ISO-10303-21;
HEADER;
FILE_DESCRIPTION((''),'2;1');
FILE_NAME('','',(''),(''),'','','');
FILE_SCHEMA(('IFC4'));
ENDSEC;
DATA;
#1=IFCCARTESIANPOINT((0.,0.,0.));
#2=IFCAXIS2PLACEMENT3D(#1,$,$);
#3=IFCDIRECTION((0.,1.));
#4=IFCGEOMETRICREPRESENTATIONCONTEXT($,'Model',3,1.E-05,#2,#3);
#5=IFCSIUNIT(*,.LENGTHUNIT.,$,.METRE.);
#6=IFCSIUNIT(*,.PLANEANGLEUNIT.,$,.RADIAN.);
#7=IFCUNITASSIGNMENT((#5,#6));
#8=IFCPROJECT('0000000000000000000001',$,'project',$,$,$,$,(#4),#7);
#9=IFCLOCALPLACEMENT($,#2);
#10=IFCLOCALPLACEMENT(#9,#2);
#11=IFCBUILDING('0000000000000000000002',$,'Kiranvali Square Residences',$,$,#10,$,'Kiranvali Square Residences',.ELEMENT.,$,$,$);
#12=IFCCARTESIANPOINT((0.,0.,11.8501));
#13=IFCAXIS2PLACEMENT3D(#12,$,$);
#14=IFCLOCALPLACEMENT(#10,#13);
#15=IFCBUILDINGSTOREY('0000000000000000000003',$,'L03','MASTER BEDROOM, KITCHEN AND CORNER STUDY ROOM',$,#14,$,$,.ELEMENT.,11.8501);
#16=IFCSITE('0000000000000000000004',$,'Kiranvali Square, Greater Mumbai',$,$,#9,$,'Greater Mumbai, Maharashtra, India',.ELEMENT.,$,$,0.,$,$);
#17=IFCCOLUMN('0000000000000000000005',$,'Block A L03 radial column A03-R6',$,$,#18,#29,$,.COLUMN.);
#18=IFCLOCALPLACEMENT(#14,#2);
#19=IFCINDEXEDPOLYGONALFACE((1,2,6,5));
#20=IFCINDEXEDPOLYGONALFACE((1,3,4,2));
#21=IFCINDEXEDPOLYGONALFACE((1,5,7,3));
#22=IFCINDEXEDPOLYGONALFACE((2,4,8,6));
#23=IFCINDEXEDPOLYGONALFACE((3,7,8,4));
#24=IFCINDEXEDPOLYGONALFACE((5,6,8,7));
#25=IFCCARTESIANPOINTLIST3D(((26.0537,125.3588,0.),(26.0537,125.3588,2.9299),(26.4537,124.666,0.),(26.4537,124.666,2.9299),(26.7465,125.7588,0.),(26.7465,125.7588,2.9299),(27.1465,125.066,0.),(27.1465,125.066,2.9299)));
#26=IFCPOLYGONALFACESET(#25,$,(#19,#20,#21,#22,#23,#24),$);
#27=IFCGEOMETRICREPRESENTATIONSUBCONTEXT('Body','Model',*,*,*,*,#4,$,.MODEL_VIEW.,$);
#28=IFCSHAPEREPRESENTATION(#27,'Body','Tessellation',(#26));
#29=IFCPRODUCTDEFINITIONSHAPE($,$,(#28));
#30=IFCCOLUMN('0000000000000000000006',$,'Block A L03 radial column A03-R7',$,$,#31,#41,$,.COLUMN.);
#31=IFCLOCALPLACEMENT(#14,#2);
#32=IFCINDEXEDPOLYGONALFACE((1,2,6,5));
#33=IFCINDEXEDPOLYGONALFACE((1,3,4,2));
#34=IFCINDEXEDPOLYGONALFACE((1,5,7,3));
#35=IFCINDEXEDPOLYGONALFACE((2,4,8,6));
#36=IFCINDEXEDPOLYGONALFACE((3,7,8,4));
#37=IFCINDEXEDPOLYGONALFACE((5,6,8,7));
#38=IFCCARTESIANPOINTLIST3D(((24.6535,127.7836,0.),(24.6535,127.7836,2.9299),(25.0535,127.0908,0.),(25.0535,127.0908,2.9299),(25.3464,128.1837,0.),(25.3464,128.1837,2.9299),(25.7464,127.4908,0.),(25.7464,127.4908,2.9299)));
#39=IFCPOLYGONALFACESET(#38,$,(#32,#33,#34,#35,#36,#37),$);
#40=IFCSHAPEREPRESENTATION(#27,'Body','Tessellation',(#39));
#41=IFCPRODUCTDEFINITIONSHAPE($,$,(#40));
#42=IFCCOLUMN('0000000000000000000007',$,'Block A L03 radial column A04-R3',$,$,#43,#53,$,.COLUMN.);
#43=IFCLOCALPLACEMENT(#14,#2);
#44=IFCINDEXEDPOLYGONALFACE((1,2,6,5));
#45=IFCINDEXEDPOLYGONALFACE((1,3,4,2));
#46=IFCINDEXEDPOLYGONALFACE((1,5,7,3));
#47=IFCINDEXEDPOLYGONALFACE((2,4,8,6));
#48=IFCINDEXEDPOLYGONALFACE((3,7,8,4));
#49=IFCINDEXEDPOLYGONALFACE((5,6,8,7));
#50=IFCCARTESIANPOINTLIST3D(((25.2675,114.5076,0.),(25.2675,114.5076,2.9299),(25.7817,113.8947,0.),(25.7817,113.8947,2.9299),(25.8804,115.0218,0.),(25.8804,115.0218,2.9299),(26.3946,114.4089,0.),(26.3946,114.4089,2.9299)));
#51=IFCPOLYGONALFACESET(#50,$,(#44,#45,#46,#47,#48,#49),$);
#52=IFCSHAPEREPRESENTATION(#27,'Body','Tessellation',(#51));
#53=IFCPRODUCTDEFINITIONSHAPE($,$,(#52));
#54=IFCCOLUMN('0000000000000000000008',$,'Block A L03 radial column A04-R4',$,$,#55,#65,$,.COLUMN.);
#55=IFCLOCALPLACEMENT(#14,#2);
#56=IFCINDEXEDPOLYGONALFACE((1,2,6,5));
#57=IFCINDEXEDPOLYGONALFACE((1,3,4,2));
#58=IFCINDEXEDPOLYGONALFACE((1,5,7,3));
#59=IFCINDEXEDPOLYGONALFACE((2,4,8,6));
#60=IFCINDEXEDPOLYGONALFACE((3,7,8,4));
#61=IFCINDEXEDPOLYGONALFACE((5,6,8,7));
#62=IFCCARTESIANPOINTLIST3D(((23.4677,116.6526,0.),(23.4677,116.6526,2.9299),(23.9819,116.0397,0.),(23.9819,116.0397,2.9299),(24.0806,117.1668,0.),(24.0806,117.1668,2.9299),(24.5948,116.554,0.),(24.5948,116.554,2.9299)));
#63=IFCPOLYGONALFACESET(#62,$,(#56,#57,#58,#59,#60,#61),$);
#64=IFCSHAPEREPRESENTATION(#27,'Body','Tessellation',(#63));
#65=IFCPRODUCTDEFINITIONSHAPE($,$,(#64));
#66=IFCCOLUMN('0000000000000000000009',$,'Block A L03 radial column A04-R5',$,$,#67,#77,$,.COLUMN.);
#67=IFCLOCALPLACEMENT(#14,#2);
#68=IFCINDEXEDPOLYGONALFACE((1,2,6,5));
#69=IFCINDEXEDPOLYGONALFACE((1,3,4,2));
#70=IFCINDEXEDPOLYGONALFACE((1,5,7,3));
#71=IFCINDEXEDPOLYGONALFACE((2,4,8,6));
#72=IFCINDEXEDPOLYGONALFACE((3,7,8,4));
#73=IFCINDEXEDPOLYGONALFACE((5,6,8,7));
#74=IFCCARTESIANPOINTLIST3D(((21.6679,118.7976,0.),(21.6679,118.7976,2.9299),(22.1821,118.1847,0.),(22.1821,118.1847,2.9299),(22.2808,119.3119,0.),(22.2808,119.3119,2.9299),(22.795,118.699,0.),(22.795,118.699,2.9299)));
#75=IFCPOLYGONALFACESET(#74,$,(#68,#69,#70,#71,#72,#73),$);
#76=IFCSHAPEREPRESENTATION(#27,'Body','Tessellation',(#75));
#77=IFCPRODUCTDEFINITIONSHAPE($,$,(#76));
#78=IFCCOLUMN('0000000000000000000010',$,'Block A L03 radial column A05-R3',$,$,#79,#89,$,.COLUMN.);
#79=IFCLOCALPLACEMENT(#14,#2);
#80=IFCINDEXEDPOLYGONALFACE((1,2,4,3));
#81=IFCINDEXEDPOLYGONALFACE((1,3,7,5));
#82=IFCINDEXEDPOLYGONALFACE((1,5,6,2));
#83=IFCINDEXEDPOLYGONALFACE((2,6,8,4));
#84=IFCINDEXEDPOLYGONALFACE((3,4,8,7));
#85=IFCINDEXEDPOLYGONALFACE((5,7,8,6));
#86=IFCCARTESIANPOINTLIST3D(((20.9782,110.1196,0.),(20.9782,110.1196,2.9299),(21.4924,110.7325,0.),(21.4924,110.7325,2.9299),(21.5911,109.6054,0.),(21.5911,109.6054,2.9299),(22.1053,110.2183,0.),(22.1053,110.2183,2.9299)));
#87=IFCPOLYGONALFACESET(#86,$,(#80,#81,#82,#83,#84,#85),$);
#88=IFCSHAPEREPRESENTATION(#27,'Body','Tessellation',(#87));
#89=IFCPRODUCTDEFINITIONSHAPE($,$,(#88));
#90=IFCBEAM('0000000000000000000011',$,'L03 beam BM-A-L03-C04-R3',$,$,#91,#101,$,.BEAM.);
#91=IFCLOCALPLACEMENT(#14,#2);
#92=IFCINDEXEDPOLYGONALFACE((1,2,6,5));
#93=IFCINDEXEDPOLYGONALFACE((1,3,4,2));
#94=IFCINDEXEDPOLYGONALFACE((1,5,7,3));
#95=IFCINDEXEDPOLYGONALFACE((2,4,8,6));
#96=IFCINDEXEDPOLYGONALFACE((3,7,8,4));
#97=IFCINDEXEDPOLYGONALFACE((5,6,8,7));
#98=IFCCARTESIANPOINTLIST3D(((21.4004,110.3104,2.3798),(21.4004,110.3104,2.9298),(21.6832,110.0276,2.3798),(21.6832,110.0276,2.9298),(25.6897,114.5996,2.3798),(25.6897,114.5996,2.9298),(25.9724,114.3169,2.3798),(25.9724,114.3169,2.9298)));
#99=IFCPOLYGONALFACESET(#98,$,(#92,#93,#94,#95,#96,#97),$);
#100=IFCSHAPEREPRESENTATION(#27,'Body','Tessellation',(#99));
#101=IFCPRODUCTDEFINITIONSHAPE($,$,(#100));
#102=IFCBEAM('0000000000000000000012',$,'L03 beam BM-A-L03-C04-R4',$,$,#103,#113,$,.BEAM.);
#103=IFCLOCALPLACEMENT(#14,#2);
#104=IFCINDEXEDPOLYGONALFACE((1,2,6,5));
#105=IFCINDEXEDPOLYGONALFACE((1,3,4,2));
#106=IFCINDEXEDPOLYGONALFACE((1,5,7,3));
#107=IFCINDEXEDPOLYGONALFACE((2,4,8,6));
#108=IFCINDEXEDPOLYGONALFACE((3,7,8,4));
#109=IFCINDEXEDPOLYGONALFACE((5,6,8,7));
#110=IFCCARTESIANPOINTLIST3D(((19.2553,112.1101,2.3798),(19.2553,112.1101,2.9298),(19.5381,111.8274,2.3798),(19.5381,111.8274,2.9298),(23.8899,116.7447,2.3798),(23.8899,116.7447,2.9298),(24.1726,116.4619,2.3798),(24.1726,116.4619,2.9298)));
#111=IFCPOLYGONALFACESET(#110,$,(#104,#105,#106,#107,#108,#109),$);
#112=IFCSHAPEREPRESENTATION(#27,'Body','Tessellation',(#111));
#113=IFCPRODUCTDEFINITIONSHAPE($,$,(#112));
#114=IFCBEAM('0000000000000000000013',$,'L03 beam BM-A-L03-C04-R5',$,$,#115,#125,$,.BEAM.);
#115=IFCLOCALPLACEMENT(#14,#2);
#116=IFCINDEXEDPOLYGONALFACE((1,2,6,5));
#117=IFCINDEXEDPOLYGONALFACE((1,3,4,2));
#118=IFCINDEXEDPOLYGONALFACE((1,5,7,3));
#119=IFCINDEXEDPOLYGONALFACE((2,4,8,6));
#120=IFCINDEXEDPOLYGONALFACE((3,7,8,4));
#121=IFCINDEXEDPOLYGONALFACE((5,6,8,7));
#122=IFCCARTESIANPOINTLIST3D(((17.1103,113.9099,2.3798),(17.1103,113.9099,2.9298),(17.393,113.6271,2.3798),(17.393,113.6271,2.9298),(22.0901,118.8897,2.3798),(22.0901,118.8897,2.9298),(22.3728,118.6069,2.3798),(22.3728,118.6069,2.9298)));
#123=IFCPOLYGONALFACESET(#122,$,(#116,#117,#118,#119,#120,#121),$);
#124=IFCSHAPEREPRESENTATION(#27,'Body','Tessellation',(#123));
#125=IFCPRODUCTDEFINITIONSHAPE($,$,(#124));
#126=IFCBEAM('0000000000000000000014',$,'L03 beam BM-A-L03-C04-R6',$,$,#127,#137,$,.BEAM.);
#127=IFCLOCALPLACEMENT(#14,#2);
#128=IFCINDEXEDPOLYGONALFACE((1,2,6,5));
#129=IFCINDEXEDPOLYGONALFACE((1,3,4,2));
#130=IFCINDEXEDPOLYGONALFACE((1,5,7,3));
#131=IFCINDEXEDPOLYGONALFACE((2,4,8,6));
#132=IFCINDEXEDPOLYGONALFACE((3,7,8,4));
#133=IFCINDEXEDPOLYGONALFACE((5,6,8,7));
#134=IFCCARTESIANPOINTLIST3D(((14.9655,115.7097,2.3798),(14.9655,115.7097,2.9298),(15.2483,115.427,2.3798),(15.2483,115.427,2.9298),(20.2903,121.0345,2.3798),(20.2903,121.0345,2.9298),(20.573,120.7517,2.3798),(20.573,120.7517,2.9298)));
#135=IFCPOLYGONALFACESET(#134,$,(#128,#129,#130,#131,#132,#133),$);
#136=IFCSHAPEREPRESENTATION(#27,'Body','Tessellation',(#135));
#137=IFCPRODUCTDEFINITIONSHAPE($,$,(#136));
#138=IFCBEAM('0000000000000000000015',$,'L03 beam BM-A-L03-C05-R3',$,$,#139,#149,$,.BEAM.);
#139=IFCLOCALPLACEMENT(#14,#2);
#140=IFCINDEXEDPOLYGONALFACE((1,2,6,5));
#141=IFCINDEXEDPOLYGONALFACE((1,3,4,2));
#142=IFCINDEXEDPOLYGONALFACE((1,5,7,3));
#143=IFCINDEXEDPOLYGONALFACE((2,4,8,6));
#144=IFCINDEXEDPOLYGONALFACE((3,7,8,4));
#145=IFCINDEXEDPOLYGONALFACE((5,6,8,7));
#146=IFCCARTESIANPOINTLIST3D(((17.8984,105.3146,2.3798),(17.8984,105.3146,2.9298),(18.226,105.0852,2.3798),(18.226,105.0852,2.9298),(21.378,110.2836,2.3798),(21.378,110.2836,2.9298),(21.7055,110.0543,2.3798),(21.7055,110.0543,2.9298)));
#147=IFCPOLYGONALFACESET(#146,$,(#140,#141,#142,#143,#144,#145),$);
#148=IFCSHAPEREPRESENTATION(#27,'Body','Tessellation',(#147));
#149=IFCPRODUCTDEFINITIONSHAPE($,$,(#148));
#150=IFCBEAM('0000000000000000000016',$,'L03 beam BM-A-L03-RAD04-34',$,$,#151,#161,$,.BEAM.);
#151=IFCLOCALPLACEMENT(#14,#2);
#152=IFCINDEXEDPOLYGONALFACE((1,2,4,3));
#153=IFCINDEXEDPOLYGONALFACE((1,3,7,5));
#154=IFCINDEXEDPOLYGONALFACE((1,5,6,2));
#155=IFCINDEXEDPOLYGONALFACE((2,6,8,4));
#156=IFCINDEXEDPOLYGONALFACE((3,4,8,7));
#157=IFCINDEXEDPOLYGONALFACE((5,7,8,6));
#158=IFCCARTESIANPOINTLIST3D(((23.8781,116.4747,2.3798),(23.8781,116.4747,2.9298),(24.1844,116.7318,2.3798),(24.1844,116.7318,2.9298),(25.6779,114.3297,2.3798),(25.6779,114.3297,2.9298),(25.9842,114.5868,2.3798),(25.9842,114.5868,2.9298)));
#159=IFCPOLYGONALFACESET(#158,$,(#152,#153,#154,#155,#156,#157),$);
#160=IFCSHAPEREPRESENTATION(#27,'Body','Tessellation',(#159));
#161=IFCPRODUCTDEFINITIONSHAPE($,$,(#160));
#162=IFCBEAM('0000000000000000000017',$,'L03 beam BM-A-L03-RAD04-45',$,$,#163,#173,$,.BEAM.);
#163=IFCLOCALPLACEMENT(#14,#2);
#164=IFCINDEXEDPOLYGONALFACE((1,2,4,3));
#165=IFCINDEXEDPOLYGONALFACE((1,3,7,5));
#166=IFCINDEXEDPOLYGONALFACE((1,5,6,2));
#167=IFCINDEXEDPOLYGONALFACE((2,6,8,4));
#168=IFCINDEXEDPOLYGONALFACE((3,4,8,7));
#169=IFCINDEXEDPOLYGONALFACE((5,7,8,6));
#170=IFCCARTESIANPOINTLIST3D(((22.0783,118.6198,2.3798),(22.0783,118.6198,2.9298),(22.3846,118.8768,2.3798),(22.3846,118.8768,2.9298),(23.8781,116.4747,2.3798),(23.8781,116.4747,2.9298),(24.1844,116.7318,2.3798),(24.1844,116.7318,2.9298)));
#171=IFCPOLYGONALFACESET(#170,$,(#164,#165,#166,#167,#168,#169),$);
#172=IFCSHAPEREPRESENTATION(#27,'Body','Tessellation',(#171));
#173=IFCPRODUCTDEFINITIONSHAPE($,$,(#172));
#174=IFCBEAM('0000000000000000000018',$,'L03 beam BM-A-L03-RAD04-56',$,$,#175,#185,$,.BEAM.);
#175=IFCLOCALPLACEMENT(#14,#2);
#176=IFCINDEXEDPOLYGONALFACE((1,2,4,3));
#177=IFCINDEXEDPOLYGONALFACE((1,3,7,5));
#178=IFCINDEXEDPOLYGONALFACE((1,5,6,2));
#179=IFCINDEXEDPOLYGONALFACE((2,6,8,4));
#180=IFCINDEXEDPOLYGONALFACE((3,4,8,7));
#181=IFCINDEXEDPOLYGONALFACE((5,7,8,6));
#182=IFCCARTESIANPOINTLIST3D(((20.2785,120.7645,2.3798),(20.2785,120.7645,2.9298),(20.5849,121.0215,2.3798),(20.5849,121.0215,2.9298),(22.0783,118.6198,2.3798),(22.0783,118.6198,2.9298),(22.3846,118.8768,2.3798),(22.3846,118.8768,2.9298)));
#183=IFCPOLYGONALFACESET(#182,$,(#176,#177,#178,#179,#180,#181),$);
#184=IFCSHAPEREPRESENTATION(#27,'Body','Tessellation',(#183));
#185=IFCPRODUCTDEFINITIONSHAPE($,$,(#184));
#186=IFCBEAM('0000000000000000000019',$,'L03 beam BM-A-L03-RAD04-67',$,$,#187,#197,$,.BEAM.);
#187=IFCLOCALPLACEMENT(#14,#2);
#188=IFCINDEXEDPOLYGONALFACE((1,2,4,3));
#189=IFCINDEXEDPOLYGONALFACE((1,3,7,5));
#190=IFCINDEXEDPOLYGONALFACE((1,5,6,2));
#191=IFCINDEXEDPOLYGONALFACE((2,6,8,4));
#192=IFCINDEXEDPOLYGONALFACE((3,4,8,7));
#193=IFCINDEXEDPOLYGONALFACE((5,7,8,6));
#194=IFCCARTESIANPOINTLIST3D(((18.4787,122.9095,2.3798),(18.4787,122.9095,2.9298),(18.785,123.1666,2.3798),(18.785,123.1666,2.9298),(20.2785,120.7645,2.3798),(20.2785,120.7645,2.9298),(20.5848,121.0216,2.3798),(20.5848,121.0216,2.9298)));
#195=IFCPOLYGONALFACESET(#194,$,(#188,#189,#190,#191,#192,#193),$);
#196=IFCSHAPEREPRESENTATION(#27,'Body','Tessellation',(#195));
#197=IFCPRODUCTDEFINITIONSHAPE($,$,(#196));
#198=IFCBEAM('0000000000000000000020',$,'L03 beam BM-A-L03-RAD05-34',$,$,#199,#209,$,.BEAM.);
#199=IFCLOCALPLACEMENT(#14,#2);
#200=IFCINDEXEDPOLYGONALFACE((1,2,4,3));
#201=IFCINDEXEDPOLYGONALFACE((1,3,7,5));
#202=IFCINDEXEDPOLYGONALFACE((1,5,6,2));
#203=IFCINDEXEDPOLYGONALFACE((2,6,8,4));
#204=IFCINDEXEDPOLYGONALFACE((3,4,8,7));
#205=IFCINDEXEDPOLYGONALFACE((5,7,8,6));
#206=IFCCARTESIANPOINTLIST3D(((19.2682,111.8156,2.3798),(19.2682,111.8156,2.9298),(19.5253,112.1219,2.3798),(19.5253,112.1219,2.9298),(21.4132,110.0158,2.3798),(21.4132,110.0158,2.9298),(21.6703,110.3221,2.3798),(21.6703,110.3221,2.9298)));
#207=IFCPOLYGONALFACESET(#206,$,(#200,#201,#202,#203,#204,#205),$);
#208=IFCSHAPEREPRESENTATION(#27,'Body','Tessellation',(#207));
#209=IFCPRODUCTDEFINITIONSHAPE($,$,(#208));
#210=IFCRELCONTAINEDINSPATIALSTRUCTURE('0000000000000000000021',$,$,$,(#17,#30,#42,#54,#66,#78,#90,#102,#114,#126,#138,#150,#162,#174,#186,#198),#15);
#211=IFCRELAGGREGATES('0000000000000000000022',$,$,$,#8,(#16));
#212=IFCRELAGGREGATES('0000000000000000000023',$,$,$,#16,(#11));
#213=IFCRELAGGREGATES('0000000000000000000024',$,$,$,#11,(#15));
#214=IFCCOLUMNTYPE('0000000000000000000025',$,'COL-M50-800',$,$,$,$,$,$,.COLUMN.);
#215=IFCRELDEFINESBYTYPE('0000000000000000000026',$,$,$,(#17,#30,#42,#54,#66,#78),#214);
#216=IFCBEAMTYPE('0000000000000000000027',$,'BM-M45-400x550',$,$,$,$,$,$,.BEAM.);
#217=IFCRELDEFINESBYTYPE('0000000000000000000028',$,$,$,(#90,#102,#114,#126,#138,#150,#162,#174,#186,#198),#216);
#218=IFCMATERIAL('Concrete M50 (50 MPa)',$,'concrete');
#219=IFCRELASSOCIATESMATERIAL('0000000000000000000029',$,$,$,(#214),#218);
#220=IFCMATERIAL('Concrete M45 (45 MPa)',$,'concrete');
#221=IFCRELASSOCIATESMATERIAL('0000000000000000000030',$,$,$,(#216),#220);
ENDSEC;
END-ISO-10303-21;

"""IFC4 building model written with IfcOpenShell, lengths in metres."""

from ifc_helpers import new_model, si_unit, direction, frame, origin, origin_2d, place, context, subcontext, project, spatial, rectangle, extrude, material, material_profile, profile_set, type_object, element, save


model = new_model("IFC4")

# Units and contexts
model_context = context("Model", 3, precision=1e-05, world=origin(), true_north=direction((0.0, 1.0)))
body_context = subcontext(model_context, "Body", "Model", "MODEL_VIEW")
ifc_project = project(units=[si_unit("LENGTHUNIT", "METRE"), si_unit("PLANEANGLEUNIT", "RADIAN")], contexts=[model_context])

# Site, building, storey
site_placement = place(None, origin())
site = spatial("IfcSite", under=ifc_project, at=site_placement, Name="Kiranvali Square, Greater Mumbai", LongName="Greater Mumbai, Maharashtra, India", CompositionType="ELEMENT", RefElevation=0.0)
building_placement = place(site_placement, origin())
building = spatial("IfcBuilding", under=site, at=building_placement, Name="Kiranvali Square Residences", LongName="Kiranvali Square Residences", CompositionType="ELEMENT")
storey_placement = place(building_placement, frame((0.0, 0.0, 11.8501)))
storey = spatial("IfcBuildingStorey", under=building, at=storey_placement, Name="L03", Description="MASTER BEDROOM, KITCHEN AND CORNER STUDY ROOM", CompositionType="ELEMENT", Elevation=11.8501)

# Columns
ifc_material_1 = material(Name="Concrete M50 (50 MPa)", Category="concrete")
ifc_material_profile_1 = material_profile(ifc_material_1, rectangle(XDim=0.8, YDim=0.8, at=origin_2d()), Name="RC 800x800")
ifc_profile_set_1 = profile_set([ifc_material_profile_1], Name="Concrete M50 (50 MPa)")
column_type = type_object("IfcColumnType", Name="COL-M50-800", PredefinedType="COLUMN", material=ifc_profile_set_1)
for number, where, z_axis, x_axis, name in (
    (1, (26.6001, 125.2124, 0.0), (0.0, 0.0, 1.0), (0.866025, 0.5, 0.0), "Block A L03 radial column A03-R6"),
    (2, (25.2, 127.6372, 0.0), (0.0, 0.0, 1.0), (0.866025, 0.5, 0.0), "Block A L03 radial column A03-R7"),
    (3, (25.8311, 114.4583, 0.0), (0.0, 0.0, 1.0), (0.766044, 0.642788, 0.0), "Block A L03 radial column A04-R3"),
    (4, (24.0312, 116.6033, 0.0), (0.0, 0.0, 1.0), (0.766044, 0.642788, 0.0), "Block A L03 radial column A04-R4"),
    (5, (22.2314, 118.7483, 0.0), (0.0, 0.0, 1.0), (0.766044, 0.642788, 0.0), "Block A L03 radial column A04-R5"),
    (6, (21.5417, 110.1689, 0.0), (0.0, 0.0, 1.0), (0.642788, 0.766044, 0.0), "Block A L03 radial column A05-R3"),
):
    element("IfcColumn", number, at=place(storey_placement, frame(where, z_axis=z_axis, x_axis=x_axis)), inside=storey, type_object=column_type, Name=name, PredefinedType="COLUMN", context=body_context, shape_type="SweptSolid", body=[
        extrude(rectangle(XDim=0.8, YDim=0.8, at=origin_2d()), origin(), (0.0, 0.0, 1.0), 2.9299),
    ])

# Beams
ifc_material_2 = material(Name="Concrete M45 (45 MPa)", Category="concrete")
ifc_material_profile_2 = material_profile(ifc_material_2, rectangle(XDim=0.3999, YDim=0.55, at=origin_2d()), Name="RC 400x550")
ifc_profile_set_2 = profile_set([ifc_material_profile_2], Name="Concrete M45 (45 MPa)")
beam_type_1 = type_object("IfcBeamType", Name="BM-M45-400x550", PredefinedType="BEAM", material=ifc_profile_set_2)
beam_1_placement = place(storey_placement, frame((25.8311, 114.4583, 2.6548), z_axis=(-0.707107, -0.707107, 0.0), x_axis=(0.707107, -0.707107, 0.0)))
element("IfcBeam", 7, at=beam_1_placement, inside=storey, type_object=beam_type_1, Name="L03 beam BM-A-L03-C04-R3", PredefinedType="BEAM", context=body_context, shape_type="SweptSolid", body=[
    extrude(rectangle(XDim=0.3999, YDim=0.55, at=origin_2d()), origin(), (0.0, 0.0, 1.0), 6.0659),
])
beam_2_placement = place(storey_placement, frame((24.0312, 116.6033, 2.6548), z_axis=(-0.707107, -0.707107, 0.0), x_axis=(0.707107, -0.707107, 0.0)))
element("IfcBeam", 8, at=beam_2_placement, inside=storey, type_object=beam_type_1, Name="L03 beam BM-A-L03-C04-R4", PredefinedType="BEAM", context=body_context, shape_type="SweptSolid", body=[
    extrude(rectangle(XDim=0.3999, YDim=0.55, at=origin_2d()), origin(), (0.0, 0.0, 1.0), 6.5542),
])
beam_3_placement = place(storey_placement, frame((22.2314, 118.7483, 2.6548), z_axis=(-0.707107, -0.707107, 0.0), x_axis=(0.707107, -0.707107, 0.0)))
element("IfcBeam", 9, at=beam_3_placement, inside=storey, type_object=beam_type_1, Name="L03 beam BM-A-L03-C04-R5", PredefinedType="BEAM", context=body_context, shape_type="SweptSolid", body=[
    extrude(rectangle(XDim=0.3999, YDim=0.55, at=origin_2d()), origin(), (0.0, 0.0, 1.0), 7.0425),
])
beam_4_placement = place(storey_placement, frame((20.4316, 120.8931, 2.6548), z_axis=(-0.707107, -0.707107, 0.0), x_axis=(0.707107, -0.707107, 0.0)))
element("IfcBeam", 10, at=beam_4_placement, inside=storey, type_object=beam_type_1, Name="L03 beam BM-A-L03-C04-R6", PredefinedType="BEAM", context=body_context, shape_type="SweptSolid", body=[
    extrude(rectangle(XDim=0.3999, YDim=0.55, at=origin_2d()), origin(), (0.0, 0.0, 1.0), 7.5303),
])
beam_5_placement = place(storey_placement, frame((21.5417, 110.1689, 2.6548), z_axis=(-0.573595, -0.819139, 0.0), x_axis=(0.819139, -0.573595, 0.0)))
element("IfcBeam", 11, at=beam_5_placement, inside=storey, type_object=beam_type_1, Name="L03 beam BM-A-L03-C05-R3", PredefinedType="BEAM", context=body_context, shape_type="SweptSolid", body=[
    extrude(rectangle(XDim=0.3999, YDim=0.55, at=origin_2d()), origin(), (0.0, 0.0, 1.0), 6.0662),
])
for number, where, z_axis, x_axis, name in (
    (12, (25.8311, 114.4583, 2.6548), (-0.642771, 0.766059, 0.0), (-0.766059, -0.642771, 0.0), "L03 beam BM-A-L03-RAD04-34"),
    (13, (24.0312, 116.6033, 2.6548), (-0.642771, 0.766059, 0.0), (-0.766059, -0.642771, 0.0), "L03 beam BM-A-L03-RAD04-45"),
):
    element("IfcBeam", number, at=place(storey_placement, frame(where, z_axis=z_axis, x_axis=x_axis)), inside=storey, type_object=beam_type_1, Name=name, PredefinedType="BEAM", context=body_context, shape_type="SweptSolid", body=[
        extrude(rectangle(XDim=0.3999, YDim=0.55, at=origin_2d()), origin(), (0.0, 0.0, 1.0), 2.8),
    ])
beam_6_placement = place(storey_placement, frame((22.2314, 118.7483, 2.6548), z_axis=(-0.642814, 0.766023, 0.0), x_axis=(-0.766023, -0.642814, 0.0)))
element("IfcBeam", 14, at=beam_6_placement, inside=storey, type_object=beam_type_1, Name="L03 beam BM-A-L03-RAD04-56", PredefinedType="BEAM", context=body_context, shape_type="SweptSolid", body=[
    extrude(rectangle(XDim=0.3999, YDim=0.55, at=origin_2d()), origin(), (0.0, 0.0, 1.0), 2.7998),
])
for number, where, z_axis, x_axis, name in (
    (15, (20.4316, 120.8931, 2.6548), (-0.642771, 0.766059, 0.0), (-0.766059, -0.642771, 0.0), "L03 beam BM-A-L03-RAD04-67"),
    (16, (21.5417, 110.1689, 2.6548), (-0.766059, 0.642771, 0.0), (-0.642771, -0.766059, 0.0), "L03 beam BM-A-L03-RAD05-34"),
):
    element("IfcBeam", number, at=place(storey_placement, frame(where, z_axis=z_axis, x_axis=x_axis)), inside=storey, type_object=beam_type_1, Name=name, PredefinedType="BEAM", context=body_context, shape_type="SweptSolid", body=[
        extrude(rectangle(XDim=0.3999, YDim=0.55, at=origin_2d()), origin(), (0.0, 0.0, 1.0), 2.8),
    ])

save(model, "model.ifc")
